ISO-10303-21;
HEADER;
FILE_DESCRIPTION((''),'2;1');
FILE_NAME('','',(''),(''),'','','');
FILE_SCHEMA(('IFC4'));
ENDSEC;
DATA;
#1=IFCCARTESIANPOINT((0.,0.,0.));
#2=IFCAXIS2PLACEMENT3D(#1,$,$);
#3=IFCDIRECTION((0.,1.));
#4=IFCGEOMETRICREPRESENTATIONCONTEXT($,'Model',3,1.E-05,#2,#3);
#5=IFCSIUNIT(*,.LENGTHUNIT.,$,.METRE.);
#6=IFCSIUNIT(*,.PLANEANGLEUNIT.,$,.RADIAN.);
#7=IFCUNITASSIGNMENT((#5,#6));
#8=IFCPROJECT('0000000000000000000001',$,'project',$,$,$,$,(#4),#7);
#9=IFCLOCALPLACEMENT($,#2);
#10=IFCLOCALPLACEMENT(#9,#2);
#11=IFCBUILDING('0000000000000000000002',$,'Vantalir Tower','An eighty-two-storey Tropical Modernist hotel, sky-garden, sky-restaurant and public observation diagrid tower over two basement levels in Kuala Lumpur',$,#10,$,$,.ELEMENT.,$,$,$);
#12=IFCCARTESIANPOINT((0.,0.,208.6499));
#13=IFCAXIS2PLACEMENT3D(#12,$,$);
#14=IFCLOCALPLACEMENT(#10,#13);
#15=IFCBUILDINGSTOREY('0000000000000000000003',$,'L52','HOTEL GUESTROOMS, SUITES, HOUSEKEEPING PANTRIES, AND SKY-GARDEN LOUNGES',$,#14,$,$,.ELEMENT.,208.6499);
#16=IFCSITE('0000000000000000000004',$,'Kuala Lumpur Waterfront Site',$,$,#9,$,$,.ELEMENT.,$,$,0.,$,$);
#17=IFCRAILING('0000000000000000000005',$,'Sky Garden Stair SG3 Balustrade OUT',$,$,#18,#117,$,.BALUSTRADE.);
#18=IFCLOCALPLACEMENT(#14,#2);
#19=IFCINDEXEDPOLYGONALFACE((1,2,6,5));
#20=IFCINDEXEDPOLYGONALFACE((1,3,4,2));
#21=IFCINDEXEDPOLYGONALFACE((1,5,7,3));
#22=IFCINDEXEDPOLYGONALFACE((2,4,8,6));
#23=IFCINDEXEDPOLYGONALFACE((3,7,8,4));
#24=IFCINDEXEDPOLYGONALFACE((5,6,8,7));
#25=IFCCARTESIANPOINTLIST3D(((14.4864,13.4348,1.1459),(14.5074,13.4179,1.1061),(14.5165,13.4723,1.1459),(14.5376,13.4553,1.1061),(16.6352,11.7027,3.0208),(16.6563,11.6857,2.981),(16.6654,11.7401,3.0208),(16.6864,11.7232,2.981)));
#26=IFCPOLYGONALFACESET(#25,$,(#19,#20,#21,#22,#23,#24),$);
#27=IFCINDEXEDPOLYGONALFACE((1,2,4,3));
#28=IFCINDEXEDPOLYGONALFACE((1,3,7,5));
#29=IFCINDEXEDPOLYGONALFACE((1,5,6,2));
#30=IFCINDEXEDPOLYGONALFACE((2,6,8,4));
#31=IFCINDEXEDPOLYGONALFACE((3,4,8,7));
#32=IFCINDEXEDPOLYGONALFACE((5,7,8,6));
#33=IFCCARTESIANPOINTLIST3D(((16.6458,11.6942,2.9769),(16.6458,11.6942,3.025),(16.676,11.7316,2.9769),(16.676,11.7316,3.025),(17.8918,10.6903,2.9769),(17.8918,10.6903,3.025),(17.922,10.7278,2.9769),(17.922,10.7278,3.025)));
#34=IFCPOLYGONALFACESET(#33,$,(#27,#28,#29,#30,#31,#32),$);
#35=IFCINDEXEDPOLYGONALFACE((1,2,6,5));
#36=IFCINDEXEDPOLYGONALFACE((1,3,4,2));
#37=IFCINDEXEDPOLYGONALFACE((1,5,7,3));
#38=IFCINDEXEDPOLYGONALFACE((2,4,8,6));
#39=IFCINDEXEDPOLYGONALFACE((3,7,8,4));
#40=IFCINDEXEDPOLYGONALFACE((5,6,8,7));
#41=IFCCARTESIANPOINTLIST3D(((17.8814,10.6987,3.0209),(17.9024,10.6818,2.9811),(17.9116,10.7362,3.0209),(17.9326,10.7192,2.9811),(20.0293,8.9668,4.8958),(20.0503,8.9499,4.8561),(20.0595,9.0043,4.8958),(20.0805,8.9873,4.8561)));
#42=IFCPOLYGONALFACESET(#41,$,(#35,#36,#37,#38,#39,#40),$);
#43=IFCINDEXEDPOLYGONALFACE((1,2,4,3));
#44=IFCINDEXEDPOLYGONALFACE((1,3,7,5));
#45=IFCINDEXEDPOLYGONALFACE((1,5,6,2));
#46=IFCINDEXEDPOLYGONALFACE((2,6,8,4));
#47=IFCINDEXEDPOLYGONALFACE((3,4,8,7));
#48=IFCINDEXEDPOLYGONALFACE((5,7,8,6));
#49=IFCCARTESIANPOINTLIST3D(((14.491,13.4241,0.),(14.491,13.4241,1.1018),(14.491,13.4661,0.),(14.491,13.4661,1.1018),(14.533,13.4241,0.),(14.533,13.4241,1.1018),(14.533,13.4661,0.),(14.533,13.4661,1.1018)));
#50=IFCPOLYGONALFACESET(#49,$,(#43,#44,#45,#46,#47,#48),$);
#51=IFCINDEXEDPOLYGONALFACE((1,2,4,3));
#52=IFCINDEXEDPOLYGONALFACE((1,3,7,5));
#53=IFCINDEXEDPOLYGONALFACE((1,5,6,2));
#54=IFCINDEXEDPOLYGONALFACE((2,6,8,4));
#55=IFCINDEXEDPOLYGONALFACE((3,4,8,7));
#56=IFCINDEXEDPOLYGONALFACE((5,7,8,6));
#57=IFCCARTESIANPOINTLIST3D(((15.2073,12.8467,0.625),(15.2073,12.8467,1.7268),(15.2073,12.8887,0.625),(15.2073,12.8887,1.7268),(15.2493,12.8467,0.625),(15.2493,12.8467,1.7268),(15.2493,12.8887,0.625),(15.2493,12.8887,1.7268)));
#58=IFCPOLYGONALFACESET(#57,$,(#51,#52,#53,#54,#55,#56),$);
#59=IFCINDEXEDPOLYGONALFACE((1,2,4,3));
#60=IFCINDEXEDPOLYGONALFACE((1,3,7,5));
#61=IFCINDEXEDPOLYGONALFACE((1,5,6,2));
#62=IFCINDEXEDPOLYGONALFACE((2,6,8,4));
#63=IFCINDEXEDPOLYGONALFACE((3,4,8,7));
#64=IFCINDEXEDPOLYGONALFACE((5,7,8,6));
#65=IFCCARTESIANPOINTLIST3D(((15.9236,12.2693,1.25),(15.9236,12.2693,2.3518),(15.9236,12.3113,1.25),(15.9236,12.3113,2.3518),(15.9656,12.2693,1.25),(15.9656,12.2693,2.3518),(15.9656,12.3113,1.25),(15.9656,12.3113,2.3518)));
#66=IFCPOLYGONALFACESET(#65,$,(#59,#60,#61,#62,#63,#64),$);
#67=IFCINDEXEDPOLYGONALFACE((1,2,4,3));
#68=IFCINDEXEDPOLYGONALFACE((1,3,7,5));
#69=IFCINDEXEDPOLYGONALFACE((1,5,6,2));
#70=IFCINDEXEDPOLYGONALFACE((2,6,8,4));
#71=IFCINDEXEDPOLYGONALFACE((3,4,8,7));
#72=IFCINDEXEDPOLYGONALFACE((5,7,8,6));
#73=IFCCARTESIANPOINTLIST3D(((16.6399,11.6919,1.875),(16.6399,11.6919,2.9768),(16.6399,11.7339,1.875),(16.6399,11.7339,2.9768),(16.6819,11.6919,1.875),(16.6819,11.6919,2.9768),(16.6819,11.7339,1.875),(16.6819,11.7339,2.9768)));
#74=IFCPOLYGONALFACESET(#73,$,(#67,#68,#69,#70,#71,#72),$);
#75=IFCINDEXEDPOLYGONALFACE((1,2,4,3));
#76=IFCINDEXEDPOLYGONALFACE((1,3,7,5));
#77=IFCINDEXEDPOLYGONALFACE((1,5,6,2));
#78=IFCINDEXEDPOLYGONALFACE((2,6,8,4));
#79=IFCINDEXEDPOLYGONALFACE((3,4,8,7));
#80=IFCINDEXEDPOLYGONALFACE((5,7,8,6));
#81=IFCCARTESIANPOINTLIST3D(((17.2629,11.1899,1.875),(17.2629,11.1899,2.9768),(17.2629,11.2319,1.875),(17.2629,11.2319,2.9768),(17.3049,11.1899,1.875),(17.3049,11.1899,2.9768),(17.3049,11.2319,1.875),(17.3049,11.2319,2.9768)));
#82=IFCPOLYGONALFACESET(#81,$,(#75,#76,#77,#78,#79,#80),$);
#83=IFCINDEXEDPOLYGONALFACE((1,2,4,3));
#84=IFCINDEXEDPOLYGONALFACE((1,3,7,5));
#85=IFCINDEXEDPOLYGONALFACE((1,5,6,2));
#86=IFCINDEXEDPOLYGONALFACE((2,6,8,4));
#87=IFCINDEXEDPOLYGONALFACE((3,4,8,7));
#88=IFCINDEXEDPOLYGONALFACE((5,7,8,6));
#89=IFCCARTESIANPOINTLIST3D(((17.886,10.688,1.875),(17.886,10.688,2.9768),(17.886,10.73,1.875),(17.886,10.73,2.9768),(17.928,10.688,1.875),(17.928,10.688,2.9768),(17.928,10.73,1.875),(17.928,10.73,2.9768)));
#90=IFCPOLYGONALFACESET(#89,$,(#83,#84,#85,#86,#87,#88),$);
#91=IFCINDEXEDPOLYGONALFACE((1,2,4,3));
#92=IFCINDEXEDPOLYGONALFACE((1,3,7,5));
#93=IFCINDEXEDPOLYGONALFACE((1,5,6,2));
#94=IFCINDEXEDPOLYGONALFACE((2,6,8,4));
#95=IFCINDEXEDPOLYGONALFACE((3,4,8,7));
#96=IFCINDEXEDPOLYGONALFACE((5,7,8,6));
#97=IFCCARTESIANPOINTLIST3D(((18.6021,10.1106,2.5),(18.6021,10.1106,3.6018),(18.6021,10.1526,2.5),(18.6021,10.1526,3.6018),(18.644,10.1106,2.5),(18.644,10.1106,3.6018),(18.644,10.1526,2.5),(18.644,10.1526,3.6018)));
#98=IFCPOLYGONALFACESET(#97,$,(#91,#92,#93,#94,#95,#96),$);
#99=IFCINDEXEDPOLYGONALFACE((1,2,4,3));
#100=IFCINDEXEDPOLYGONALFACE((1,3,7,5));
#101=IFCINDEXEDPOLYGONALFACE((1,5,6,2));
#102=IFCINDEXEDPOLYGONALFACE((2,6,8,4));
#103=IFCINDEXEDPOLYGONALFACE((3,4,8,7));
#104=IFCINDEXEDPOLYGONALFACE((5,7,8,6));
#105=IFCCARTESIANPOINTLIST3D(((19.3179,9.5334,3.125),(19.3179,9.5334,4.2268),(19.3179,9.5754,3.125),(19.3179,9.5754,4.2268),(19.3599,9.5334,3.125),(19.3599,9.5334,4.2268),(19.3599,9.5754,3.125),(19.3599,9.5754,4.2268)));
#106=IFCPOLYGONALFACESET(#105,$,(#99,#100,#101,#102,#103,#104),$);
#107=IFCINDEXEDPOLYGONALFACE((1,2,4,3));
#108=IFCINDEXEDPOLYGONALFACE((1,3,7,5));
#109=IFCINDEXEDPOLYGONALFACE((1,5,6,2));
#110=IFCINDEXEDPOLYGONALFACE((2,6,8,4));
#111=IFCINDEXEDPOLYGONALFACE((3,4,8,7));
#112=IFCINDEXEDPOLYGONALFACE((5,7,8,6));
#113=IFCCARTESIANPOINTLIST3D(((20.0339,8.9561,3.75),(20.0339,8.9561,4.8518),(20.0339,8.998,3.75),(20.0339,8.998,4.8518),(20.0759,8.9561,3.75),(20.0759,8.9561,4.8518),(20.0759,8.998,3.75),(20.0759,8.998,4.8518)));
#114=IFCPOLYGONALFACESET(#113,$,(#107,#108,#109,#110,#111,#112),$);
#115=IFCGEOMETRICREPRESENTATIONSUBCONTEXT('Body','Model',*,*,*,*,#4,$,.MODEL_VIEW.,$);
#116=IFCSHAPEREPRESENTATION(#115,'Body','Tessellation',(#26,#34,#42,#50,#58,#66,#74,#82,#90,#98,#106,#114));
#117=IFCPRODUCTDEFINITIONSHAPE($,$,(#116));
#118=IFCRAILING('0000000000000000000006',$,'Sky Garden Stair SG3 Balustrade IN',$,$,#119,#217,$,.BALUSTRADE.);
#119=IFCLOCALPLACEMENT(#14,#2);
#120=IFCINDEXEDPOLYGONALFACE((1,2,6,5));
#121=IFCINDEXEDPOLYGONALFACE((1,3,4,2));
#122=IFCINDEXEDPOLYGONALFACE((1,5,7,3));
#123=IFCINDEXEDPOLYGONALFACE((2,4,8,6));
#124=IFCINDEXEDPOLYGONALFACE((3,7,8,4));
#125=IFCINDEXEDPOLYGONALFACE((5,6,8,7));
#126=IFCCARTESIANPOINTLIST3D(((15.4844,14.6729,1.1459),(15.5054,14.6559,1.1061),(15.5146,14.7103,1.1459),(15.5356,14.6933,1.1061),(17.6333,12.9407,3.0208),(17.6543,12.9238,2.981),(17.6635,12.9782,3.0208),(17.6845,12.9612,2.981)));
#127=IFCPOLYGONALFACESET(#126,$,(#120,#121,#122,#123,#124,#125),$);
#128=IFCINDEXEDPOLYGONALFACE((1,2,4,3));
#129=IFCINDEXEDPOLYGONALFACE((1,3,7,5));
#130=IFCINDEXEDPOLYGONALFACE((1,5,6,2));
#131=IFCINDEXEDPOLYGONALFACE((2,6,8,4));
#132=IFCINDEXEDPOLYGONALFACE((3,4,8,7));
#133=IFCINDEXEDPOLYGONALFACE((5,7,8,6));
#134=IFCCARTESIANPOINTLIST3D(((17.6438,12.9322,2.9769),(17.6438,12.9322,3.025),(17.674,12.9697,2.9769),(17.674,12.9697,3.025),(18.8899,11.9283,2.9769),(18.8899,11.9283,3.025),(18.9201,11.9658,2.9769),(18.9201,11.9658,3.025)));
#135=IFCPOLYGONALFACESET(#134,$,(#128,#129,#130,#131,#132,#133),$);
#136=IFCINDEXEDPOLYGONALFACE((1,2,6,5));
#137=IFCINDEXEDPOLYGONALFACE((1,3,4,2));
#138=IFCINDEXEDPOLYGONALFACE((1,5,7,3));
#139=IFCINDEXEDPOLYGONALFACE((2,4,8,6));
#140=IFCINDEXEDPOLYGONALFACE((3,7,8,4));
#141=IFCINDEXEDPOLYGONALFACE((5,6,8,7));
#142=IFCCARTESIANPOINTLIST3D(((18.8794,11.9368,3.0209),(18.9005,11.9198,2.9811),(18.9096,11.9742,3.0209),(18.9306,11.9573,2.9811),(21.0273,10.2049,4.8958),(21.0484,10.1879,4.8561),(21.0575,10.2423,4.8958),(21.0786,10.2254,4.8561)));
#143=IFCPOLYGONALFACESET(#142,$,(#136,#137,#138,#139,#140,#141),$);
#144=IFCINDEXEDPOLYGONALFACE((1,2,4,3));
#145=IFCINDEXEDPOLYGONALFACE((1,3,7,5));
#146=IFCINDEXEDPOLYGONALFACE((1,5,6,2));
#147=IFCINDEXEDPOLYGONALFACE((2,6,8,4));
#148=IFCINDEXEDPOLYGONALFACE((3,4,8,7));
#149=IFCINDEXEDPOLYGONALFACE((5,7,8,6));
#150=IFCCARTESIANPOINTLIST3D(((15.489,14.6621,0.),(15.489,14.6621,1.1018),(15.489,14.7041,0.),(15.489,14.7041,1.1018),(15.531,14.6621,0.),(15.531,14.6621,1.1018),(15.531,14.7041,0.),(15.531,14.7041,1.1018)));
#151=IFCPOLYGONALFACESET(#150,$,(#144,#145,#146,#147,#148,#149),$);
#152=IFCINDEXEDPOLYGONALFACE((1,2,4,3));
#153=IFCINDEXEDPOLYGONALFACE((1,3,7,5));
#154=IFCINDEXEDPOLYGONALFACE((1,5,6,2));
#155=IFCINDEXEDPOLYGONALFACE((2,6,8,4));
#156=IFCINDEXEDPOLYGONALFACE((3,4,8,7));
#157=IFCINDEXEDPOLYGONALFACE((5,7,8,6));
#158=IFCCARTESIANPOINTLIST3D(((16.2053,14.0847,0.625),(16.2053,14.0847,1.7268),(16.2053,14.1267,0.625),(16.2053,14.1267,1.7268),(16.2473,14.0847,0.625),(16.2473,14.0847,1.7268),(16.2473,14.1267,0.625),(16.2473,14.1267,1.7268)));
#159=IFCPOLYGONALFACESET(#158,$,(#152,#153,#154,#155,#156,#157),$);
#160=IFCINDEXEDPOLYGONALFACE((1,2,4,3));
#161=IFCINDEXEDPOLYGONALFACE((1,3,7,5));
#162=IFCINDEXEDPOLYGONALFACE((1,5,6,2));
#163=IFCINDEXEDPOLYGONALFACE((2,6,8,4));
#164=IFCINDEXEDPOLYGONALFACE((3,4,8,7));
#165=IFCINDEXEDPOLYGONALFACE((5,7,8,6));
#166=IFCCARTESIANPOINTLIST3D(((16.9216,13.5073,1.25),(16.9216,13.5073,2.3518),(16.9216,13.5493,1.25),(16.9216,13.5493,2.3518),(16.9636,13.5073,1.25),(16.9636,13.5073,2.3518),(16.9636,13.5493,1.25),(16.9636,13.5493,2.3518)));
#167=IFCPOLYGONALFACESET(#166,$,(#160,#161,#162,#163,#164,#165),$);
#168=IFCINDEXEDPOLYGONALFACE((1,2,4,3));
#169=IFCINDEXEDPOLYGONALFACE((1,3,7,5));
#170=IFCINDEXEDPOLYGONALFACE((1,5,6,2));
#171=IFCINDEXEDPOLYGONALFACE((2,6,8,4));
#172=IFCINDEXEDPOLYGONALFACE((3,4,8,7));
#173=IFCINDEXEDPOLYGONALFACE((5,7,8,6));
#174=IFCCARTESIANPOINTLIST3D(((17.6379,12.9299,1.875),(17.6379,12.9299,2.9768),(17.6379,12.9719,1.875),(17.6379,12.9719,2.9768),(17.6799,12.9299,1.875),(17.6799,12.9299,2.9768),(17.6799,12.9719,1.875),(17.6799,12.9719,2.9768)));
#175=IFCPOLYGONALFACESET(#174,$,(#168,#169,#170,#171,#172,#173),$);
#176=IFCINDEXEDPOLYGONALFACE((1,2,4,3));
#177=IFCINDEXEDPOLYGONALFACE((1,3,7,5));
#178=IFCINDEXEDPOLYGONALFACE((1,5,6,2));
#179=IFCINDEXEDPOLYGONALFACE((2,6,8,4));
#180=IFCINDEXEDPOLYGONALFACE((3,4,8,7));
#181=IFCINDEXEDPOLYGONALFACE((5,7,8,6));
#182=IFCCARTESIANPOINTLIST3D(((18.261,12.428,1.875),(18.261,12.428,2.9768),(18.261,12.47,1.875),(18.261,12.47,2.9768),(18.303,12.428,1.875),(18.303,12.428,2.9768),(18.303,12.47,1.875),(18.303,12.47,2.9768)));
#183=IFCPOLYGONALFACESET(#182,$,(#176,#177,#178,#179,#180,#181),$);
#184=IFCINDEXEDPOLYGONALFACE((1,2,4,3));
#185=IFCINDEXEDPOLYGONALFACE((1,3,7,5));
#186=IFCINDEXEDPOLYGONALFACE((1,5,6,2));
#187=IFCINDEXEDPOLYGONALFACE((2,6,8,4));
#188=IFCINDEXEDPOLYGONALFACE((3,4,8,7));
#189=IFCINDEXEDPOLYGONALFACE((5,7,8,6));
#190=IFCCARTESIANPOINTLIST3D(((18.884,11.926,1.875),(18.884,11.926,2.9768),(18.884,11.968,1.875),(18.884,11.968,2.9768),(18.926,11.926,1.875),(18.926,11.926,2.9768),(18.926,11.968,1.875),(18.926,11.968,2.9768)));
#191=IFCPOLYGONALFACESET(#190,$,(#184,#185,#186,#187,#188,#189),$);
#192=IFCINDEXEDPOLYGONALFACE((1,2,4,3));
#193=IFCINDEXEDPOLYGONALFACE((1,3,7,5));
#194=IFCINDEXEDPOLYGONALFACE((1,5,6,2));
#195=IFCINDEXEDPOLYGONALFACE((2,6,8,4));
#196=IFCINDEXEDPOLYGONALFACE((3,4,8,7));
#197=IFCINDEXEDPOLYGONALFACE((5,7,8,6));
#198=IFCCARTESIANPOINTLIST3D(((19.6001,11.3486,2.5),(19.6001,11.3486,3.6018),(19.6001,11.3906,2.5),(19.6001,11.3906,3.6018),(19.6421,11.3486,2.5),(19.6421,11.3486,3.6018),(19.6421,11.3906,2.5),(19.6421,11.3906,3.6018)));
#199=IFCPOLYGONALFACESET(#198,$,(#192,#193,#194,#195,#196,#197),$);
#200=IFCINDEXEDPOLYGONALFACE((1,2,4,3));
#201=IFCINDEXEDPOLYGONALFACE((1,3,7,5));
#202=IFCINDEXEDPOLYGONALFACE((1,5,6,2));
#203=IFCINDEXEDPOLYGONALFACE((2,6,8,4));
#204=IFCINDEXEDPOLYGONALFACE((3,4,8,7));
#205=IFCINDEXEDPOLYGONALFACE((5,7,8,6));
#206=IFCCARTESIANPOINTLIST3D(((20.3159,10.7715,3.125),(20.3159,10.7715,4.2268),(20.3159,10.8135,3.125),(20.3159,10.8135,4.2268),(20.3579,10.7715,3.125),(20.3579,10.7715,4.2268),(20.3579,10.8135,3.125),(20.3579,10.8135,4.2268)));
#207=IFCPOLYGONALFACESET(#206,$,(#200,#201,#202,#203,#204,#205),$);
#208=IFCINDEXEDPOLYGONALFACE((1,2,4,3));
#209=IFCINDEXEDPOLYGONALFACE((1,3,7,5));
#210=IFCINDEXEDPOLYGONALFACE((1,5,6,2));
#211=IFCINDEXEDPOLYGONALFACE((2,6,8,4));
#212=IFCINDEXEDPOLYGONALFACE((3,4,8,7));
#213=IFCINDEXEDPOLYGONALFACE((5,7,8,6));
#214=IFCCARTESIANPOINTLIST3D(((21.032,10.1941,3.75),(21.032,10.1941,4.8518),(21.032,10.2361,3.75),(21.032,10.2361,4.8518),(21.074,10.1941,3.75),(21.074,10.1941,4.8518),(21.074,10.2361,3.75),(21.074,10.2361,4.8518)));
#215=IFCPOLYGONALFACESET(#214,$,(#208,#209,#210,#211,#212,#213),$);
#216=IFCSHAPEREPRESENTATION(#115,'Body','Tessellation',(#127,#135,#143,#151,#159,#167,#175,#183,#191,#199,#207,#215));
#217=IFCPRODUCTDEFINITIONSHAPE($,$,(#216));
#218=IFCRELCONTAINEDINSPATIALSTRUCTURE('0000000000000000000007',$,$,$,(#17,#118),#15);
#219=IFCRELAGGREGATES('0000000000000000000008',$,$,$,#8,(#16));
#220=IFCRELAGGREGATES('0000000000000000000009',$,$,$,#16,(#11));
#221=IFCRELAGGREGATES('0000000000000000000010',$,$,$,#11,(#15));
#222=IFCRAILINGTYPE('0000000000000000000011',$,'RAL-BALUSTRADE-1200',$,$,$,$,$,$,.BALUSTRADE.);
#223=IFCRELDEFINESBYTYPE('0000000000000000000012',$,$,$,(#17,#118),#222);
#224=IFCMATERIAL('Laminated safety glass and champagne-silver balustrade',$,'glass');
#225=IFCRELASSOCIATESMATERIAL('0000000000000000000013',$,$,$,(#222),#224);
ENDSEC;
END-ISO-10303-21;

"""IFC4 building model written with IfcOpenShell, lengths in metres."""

from ifc_helpers import new_model, si_unit, direction, frame, origin, origin_2d, place, context, subcontext, project, spatial, rectangle, extrude, material, type_object, element, save


model = new_model("IFC4")

# Units and contexts
model_context = context("Model", 3, precision=1e-05, world=origin(), true_north=direction((0.0, 1.0)))
body_context = subcontext(model_context, "Body", "Model", "MODEL_VIEW")
ifc_project = project(units=[si_unit("LENGTHUNIT", "METRE"), si_unit("PLANEANGLEUNIT", "RADIAN")], contexts=[model_context])

# Site, building, storey
site_placement = place(None, origin())
site = spatial("IfcSite", under=ifc_project, at=site_placement, Name="Kuala Lumpur Waterfront Site", CompositionType="ELEMENT", RefElevation=0.0)
building_placement = place(site_placement, origin())
building = spatial("IfcBuilding", under=site, at=building_placement, Name="Vantalir Tower", Description="An eighty-two-storey Tropical Modernist hotel, sky-garden, sky-restaurant and public observation diagrid tower over two basement levels in Kuala Lumpur", CompositionType="ELEMENT")
storey_placement = place(building_placement, frame((0.0, 0.0, 208.6499)))
storey = spatial("IfcBuildingStorey", under=building, at=storey_placement, Name="L52", Description="HOTEL GUESTROOMS, SUITES, HOUSEKEEPING PANTRIES, AND SKY-GARDEN LOUNGES", CompositionType="ELEMENT", Elevation=208.6499)

# Railings
ifc_material_1 = material(Name="Laminated safety glass and champagne-silver balustrade", Category="glass")
railing_type_1 = type_object("IfcRailingType", Name="RAL-BALUSTRADE-1200", PredefinedType="BALUSTRADE", material=ifc_material_1)
railing_1_placement = place(storey_placement, frame((14.512, 13.4451, 0.0)))
element("IfcRailing", 1, at=railing_1_placement, inside=storey, type_object=railing_type_1, Name="Sky Garden Stair SG3 Balustrade OUT", PredefinedType="BALUSTRADE", context=body_context, shape_type="SweptSolid", body=[
    extrude(rectangle(XDim=0.0481, YDim=0.0481, at=origin_2d()), frame((0.0, 0.0, 1.126), z_axis=(0.644016, -0.51912, 0.561923), x_axis=(0.627571, 0.778559, 0.0)), (0.0, 0.0, 1.0), 3.3367),
    extrude(rectangle(XDim=0.0481, YDim=0.0481, at=origin_2d()), frame((2.1489, -1.7322, 3.001), z_axis=(0.778721, -0.627371, 0.0), x_axis=(0.627371, 0.778721, 0.0)), (0.0, 0.0, 1.0), 1.6001),
    extrude(rectangle(XDim=0.0481, YDim=0.0481, at=origin_2d()), frame((3.395, -2.7361, 3.001), z_axis=(0.643869, -0.519165, 0.56205), x_axis=(0.62769, 0.778463, 0.0)), (0.0, 0.0, 1.0), 3.3359),
    extrude(rectangle(XDim=0.042, YDim=0.042, at=origin_2d()), origin(), (0.0, 0.0, 1.0), 1.1018),
    extrude(rectangle(XDim=0.042, YDim=0.042, at=origin_2d()), frame((0.7163, -0.5774, 0.625)), (0.0, 0.0, 1.0), 1.1018),
    extrude(rectangle(XDim=0.042, YDim=0.042, at=origin_2d()), frame((1.4326, -1.1548, 1.25)), (0.0, 0.0, 1.0), 1.1018),
    extrude(rectangle(XDim=0.042, YDim=0.042, at=origin_2d()), frame((2.1489, -1.7322, 1.875)), (0.0, 0.0, 1.0), 1.1018),
    extrude(rectangle(XDim=0.042, YDim=0.042, at=origin_2d()), frame((2.772, -2.2341, 1.875)), (0.0, 0.0, 1.0), 1.1018),
    extrude(rectangle(XDim=0.042, YDim=0.042, at=origin_2d()), frame((3.395, -2.7361, 1.875)), (0.0, 0.0, 1.0), 1.1018),
    extrude(rectangle(XDim=0.042, YDim=0.042, at=origin_2d()), frame((4.1111, -3.3135, 2.5)), (0.0, 0.0, 1.0), 1.1018),
    extrude(rectangle(XDim=0.042, YDim=0.042, at=origin_2d()), frame((4.8269, -3.8906, 3.125)), (0.0, 0.0, 1.0), 1.1018),
    extrude(rectangle(XDim=0.042, YDim=0.042, at=origin_2d()), frame((5.543, -4.468, 3.75)), (0.0, 0.0, 1.0), 1.1018),
])
railing_2_placement = place(storey_placement, frame((15.51, 14.6831, 0.0)))
element("IfcRailing", 2, at=railing_2_placement, inside=storey, type_object=railing_type_1, Name="Sky Garden Stair SG3 Balustrade IN", PredefinedType="BALUSTRADE", context=body_context, shape_type="SweptSolid", body=[
    extrude(rectangle(XDim=0.0481, YDim=0.0481, at=origin_2d()), frame((0.0, 0.0, 1.126), z_axis=(0.644016, -0.51912, 0.561923), x_axis=(0.627571, 0.778559, 0.0)), (0.0, 0.0, 1.0), 3.3367),
    extrude(rectangle(XDim=0.0481, YDim=0.0481, at=origin_2d()), frame((2.1489, -1.7322, 3.001), z_axis=(0.778721, -0.627371, 0.0), x_axis=(0.627371, 0.778721, 0.0)), (0.0, 0.0, 1.0), 1.6001),
    extrude(rectangle(XDim=0.0481, YDim=0.0481, at=origin_2d()), frame((3.395, -2.7361, 3.001), z_axis=(0.643869, -0.519165, 0.56205), x_axis=(0.62769, 0.778463, 0.0)), (0.0, 0.0, 1.0), 3.3359),
    extrude(rectangle(XDim=0.042, YDim=0.042, at=origin_2d()), origin(), (0.0, 0.0, 1.0), 1.1018),
    extrude(rectangle(XDim=0.042, YDim=0.042, at=origin_2d()), frame((0.7163, -0.5774, 0.625)), (0.0, 0.0, 1.0), 1.1018),
    extrude(rectangle(XDim=0.042, YDim=0.042, at=origin_2d()), frame((1.4326, -1.1548, 1.25)), (0.0, 0.0, 1.0), 1.1018),
    extrude(rectangle(XDim=0.042, YDim=0.042, at=origin_2d()), frame((2.1489, -1.7322, 1.875)), (0.0, 0.0, 1.0), 1.1018),
    extrude(rectangle(XDim=0.042, YDim=0.042, at=origin_2d()), frame((2.772, -2.2341, 1.875)), (0.0, 0.0, 1.0), 1.1018),
    extrude(rectangle(XDim=0.042, YDim=0.042, at=origin_2d()), frame((3.395, -2.7361, 1.875)), (0.0, 0.0, 1.0), 1.1018),
    extrude(rectangle(XDim=0.042, YDim=0.042, at=origin_2d()), frame((4.1111, -3.3135, 2.5)), (0.0, 0.0, 1.0), 1.1018),
    extrude(rectangle(XDim=0.042, YDim=0.042, at=origin_2d()), frame((4.8269, -3.8906, 3.125)), (0.0, 0.0, 1.0), 1.1018),
    extrude(rectangle(XDim=0.042, YDim=0.042, at=origin_2d()), frame((5.543, -4.468, 3.75)), (0.0, 0.0, 1.0), 1.1018),
])

save(model, "model.ifc")
